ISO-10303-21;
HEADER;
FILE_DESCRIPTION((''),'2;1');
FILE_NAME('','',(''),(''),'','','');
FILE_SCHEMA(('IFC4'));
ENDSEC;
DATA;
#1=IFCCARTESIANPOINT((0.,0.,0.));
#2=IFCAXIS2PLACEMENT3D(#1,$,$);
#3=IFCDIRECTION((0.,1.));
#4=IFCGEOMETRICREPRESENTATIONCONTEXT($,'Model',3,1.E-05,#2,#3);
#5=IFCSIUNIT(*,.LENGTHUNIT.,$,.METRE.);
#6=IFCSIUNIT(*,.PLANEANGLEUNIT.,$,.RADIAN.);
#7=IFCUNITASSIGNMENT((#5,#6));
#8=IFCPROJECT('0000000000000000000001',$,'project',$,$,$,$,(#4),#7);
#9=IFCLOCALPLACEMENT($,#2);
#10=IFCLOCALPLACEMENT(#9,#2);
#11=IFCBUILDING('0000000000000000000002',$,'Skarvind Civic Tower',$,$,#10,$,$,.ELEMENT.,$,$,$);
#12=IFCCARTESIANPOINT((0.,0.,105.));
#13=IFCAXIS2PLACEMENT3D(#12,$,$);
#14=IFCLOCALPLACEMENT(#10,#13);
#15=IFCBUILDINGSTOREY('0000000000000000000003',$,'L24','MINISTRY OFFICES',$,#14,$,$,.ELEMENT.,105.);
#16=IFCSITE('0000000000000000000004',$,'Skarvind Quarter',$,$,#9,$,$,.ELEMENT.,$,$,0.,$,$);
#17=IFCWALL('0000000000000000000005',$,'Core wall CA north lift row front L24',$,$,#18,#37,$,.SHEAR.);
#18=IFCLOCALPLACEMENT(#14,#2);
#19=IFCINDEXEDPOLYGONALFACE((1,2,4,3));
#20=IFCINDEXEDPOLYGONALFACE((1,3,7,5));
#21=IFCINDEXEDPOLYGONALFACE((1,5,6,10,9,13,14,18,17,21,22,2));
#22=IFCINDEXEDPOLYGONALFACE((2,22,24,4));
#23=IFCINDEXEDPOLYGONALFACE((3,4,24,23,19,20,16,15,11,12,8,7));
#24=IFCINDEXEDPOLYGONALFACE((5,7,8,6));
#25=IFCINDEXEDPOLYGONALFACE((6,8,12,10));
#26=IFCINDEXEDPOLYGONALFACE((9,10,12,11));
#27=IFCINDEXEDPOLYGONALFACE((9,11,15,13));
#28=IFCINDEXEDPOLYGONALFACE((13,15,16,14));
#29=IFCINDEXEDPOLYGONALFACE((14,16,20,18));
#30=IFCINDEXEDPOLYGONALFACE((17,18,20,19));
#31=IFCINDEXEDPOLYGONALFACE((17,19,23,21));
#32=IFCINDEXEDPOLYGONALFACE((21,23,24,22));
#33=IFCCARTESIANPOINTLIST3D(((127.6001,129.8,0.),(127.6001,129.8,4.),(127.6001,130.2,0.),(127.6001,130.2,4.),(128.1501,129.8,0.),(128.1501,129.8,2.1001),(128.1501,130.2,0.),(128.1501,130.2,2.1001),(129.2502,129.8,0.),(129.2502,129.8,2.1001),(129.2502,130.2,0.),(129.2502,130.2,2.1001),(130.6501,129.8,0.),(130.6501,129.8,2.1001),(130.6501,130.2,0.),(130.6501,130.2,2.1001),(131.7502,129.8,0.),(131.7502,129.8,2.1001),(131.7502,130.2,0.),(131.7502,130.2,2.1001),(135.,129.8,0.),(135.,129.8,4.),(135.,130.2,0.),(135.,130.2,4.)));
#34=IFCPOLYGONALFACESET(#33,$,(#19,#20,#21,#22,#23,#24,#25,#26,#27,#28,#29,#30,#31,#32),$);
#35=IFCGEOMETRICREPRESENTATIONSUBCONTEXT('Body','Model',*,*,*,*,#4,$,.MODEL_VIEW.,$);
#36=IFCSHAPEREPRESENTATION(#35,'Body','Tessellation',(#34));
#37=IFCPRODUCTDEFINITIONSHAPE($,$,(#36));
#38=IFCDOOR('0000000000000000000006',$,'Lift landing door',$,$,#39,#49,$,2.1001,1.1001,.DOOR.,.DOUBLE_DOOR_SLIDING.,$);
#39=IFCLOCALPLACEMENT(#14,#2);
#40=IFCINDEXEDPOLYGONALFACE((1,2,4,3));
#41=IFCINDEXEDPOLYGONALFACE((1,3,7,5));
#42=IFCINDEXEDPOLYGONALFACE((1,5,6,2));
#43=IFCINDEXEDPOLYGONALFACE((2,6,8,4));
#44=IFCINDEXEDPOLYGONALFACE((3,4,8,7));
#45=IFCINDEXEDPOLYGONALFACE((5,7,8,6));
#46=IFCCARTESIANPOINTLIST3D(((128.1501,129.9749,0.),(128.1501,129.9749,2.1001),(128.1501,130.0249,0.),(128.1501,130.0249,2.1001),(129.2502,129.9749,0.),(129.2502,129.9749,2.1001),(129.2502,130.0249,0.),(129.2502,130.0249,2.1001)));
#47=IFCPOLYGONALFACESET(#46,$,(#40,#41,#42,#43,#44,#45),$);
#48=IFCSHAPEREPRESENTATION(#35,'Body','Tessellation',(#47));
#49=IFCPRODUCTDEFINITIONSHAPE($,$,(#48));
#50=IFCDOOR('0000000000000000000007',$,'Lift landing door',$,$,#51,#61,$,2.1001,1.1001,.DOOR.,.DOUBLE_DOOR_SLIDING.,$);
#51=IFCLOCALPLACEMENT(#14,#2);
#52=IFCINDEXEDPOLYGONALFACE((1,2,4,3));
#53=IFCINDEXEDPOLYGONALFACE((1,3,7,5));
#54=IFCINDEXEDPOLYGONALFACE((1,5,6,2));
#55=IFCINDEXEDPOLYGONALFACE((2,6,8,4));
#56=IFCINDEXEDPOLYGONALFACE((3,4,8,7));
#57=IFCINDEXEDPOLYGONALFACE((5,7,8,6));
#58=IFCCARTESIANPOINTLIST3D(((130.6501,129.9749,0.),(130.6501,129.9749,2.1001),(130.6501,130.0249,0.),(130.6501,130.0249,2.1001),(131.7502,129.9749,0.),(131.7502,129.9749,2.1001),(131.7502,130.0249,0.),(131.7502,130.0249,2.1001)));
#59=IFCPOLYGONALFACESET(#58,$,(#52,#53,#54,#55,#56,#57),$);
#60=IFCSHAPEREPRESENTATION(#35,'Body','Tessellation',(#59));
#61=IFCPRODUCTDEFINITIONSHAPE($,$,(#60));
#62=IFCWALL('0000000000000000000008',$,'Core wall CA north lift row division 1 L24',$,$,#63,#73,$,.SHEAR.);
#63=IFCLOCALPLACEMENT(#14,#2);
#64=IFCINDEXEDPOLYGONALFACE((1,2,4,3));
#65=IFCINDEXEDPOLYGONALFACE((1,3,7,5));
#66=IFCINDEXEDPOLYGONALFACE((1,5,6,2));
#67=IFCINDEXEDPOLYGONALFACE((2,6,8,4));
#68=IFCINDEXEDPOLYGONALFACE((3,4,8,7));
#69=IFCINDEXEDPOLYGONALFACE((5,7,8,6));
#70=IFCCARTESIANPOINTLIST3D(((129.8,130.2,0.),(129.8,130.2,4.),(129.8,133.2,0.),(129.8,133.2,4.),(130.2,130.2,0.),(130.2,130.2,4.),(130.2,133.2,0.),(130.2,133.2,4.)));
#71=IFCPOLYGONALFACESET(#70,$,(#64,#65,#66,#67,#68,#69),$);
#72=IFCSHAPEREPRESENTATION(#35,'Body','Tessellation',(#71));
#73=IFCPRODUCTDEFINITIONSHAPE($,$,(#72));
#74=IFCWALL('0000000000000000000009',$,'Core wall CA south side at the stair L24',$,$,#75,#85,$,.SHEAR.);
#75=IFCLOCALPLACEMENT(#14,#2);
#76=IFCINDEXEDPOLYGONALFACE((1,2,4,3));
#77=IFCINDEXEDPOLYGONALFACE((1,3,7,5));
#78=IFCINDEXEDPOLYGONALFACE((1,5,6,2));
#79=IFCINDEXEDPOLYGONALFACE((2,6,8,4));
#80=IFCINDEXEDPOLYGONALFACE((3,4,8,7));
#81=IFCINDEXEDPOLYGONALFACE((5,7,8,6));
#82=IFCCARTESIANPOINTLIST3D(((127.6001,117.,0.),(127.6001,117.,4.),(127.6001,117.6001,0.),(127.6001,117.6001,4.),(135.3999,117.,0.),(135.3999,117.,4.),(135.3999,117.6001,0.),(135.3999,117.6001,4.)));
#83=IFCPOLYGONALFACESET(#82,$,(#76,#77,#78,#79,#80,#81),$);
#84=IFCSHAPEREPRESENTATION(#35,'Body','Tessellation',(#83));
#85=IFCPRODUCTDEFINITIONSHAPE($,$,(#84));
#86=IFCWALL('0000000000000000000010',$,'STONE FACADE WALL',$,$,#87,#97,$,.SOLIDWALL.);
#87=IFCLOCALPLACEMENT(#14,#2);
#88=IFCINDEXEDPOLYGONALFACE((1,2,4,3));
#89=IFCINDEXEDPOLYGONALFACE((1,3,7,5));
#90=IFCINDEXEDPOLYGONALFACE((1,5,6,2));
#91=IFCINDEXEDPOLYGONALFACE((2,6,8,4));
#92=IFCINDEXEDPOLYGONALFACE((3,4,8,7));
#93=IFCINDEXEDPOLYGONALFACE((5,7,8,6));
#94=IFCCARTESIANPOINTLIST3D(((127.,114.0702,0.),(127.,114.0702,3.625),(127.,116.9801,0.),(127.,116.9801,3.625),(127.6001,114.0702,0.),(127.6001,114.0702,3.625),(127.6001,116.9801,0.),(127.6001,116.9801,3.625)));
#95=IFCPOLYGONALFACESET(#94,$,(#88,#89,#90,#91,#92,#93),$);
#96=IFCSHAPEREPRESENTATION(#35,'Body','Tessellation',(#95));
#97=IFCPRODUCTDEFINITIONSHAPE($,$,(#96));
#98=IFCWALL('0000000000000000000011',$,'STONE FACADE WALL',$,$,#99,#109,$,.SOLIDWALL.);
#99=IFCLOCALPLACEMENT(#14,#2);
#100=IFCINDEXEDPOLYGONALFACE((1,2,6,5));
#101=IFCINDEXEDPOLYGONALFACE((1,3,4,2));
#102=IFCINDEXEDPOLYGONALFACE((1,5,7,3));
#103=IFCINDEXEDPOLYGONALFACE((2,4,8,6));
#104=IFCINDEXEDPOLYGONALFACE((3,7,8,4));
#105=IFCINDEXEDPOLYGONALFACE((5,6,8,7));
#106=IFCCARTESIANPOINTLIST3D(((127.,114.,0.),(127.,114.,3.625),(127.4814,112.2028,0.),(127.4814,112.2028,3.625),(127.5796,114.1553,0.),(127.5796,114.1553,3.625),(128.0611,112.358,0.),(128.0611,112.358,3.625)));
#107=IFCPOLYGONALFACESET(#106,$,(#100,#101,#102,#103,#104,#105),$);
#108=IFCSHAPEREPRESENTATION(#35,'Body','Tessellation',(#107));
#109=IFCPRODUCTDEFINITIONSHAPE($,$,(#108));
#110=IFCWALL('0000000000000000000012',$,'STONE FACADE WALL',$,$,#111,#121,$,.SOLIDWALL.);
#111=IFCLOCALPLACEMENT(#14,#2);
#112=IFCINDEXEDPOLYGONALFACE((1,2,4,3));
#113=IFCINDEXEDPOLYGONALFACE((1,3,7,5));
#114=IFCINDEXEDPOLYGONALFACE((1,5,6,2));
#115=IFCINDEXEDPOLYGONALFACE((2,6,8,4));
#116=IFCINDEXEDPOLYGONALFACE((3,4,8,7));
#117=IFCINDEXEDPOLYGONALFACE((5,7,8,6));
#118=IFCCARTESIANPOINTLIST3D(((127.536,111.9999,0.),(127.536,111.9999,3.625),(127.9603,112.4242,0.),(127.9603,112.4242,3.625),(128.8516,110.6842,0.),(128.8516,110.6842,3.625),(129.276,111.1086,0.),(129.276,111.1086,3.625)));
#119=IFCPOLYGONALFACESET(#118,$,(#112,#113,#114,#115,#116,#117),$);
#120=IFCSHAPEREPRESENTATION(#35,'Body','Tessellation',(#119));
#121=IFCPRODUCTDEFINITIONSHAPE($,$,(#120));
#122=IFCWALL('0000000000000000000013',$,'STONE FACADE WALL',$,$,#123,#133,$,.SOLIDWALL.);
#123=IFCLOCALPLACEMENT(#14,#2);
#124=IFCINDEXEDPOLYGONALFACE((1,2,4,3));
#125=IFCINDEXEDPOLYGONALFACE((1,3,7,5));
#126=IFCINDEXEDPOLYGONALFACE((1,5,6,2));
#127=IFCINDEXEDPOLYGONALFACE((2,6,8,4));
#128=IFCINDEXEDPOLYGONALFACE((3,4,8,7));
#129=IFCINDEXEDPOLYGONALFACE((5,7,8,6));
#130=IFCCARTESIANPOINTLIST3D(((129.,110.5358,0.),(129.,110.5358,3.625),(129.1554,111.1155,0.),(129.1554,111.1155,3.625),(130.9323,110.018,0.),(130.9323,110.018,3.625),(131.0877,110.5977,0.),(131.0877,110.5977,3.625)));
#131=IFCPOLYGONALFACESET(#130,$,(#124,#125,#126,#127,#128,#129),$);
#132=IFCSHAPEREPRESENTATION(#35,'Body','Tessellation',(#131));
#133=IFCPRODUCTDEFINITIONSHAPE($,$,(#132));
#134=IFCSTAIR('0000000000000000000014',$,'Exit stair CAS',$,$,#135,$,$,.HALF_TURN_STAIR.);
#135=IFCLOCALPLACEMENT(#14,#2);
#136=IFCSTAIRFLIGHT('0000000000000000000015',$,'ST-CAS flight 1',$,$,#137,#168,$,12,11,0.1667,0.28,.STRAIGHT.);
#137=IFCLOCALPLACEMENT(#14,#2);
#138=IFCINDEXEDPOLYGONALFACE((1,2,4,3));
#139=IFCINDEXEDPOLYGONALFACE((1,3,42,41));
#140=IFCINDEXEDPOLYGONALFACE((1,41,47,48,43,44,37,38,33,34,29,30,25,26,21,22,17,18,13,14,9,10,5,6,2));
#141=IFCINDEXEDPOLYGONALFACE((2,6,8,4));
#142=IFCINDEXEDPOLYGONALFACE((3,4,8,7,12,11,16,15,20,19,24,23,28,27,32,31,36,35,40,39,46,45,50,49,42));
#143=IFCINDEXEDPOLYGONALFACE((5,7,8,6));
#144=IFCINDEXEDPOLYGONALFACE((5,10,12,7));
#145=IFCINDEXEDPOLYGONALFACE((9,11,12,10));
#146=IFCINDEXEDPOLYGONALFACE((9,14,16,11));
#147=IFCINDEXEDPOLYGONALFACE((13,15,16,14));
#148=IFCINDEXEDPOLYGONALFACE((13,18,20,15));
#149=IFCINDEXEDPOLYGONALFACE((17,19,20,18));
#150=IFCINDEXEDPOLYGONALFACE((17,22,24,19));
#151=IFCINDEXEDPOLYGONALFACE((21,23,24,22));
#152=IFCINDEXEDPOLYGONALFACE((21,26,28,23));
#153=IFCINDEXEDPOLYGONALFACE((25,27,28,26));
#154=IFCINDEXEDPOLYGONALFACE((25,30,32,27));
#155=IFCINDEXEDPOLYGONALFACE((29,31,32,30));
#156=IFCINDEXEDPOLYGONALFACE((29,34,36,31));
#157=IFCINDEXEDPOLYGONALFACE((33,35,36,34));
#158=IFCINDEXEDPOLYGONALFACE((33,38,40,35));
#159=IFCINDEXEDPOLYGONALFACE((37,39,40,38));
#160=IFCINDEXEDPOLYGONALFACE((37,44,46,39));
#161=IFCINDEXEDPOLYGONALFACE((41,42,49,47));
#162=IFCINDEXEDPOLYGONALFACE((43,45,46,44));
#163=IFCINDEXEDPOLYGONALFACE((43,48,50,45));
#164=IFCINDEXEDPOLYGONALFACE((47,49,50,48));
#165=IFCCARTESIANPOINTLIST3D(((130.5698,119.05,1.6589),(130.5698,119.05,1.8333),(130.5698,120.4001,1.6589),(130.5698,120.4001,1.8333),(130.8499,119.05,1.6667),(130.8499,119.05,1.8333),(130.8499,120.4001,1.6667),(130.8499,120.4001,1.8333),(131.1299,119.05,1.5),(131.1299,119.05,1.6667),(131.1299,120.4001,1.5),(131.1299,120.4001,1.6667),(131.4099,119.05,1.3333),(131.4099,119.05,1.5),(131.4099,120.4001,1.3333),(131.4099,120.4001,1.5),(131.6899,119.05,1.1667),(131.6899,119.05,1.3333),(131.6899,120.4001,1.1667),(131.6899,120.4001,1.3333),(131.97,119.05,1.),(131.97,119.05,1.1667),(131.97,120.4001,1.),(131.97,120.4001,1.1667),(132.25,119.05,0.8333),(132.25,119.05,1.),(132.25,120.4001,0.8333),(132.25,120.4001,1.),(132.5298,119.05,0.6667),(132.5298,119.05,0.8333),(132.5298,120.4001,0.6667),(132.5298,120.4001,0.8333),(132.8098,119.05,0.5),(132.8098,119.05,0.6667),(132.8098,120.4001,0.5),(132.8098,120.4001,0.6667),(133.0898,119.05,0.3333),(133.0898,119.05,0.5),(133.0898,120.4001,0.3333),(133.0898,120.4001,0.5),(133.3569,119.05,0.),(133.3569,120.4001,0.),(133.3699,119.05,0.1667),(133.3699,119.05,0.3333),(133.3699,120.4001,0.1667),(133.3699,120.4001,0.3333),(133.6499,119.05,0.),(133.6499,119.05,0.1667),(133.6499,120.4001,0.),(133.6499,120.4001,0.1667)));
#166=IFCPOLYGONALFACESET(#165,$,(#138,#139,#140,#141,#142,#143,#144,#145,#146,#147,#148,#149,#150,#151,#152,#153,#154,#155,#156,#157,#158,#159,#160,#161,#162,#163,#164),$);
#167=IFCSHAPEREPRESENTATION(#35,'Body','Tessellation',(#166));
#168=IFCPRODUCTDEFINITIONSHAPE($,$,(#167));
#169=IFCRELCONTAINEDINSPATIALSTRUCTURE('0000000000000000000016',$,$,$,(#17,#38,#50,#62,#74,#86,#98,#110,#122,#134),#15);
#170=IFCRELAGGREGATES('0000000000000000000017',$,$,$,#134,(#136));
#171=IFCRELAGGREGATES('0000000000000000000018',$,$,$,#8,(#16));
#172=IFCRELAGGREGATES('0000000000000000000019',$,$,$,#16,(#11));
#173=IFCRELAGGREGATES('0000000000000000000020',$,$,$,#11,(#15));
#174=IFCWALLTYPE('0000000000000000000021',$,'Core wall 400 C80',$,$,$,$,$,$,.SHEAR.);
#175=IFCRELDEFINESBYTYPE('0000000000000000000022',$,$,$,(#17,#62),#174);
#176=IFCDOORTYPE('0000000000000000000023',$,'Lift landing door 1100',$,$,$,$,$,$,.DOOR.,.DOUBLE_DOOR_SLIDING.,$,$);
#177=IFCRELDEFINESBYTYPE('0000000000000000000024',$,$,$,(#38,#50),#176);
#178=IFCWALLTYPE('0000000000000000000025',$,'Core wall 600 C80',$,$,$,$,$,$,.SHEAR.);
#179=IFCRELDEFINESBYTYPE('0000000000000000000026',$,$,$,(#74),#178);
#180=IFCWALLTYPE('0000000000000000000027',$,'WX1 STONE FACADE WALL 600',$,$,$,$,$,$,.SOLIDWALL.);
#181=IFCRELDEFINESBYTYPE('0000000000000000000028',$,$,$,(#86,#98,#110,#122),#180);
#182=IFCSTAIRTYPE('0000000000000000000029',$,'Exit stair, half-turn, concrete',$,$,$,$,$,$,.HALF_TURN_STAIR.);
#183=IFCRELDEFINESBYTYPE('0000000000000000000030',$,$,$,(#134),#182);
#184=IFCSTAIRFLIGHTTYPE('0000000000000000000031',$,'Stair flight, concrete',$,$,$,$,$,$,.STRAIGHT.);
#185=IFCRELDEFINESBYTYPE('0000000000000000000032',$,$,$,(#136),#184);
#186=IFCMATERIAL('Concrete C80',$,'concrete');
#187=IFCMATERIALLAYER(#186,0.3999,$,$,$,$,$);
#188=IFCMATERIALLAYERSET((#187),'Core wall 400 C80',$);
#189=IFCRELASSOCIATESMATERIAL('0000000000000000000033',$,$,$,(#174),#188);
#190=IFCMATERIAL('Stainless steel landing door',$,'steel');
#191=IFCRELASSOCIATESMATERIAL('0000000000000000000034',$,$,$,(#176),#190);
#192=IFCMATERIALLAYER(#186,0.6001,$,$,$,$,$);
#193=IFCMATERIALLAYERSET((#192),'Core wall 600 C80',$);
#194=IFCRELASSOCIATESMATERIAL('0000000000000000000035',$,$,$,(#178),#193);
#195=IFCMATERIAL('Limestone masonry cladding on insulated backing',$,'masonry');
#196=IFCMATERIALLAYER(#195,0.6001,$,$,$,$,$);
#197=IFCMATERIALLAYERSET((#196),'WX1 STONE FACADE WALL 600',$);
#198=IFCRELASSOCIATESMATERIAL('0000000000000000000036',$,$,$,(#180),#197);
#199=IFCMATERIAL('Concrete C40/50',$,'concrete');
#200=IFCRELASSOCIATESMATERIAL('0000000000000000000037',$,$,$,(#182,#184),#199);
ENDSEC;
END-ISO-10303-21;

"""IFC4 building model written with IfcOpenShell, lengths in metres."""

from ifc_helpers import new_model, si_unit, direction, frame, frame_2d, origin, place, context, subcontext, project, spatial, polyline, rectangle, outline, extrude, material, layer, layer_set, type_object, element, fill, aggregate, save


model = new_model("IFC4")

# Units and contexts
model_context = context("Model", 3, precision=1e-05, world=origin(), true_north=direction((0.0, 1.0)))
body_context = subcontext(model_context, "Body", "Model", "MODEL_VIEW")
ifc_project = project(units=[si_unit("LENGTHUNIT", "METRE"), si_unit("PLANEANGLEUNIT", "RADIAN")], contexts=[model_context])

# Site, building, storey
site_placement = place(None, origin())
site = spatial("IfcSite", under=ifc_project, at=site_placement, Name="Skarvind Quarter", CompositionType="ELEMENT", RefElevation=0.0)
building_placement = place(site_placement, origin())
building = spatial("IfcBuilding", under=site, at=building_placement, Name="Skarvind Civic Tower", CompositionType="ELEMENT")
storey_placement = place(building_placement, frame((0.0, 0.0, 105.0)))
storey = spatial("IfcBuildingStorey", under=building, at=storey_placement, Name="L24", Description="MINISTRY OFFICES", CompositionType="ELEMENT", Elevation=105.0)

# Shared definitions
ifc_material_1 = material(Name="Concrete C80", Category="concrete")
ifc_layer_1 = layer(ifc_material_1, 0.3999)
ifc_layer_set_1 = layer_set([ifc_layer_1], Name="Core wall 400 C80")
wall_type_1 = type_object("IfcWallType", Name="Core wall 400 C80", PredefinedType="SHEAR", material=ifc_layer_set_1)

# Shared definitions
ifc_material_2 = material(Name="Stainless steel landing door", Category="steel")
door_type_1 = type_object("IfcDoorType", Name="Lift landing door 1100", OperationType="DOUBLE_DOOR_SLIDING", PredefinedType="DOOR", material=ifc_material_2)

# Wall, openings, doors
wall_1_placement = place(storey_placement, frame((127.6001, 130.0, 0.0), z_axis=(0.0, 0.0, 1.0), x_axis=(1.0, 0.0, 0.0)))
wall_1 = element("IfcWall", 1, at=wall_1_placement, inside=storey, type_object=wall_type_1, Name="Core wall CA north lift row front L24", PredefinedType="SHEAR", context=body_context, shape_type="SweptSolid", body=[
    extrude(rectangle(XDim=7.3999, YDim=0.3999, at=frame_2d((3.7, 0.0))), origin(), (0.0, 0.0, 1.0), 4.0),
])
opening_1_placement = place(wall_1_placement, frame((0.55, 0.0, 0.0)))
opening_1 = element("IfcOpeningElement", 2, at=opening_1_placement, cuts=wall_1, PredefinedType="OPENING", context=body_context, shape_type="SweptSolid", body=[
    extrude(rectangle(XDim=1.1001, YDim=2.1001, at=frame_2d((0.55, 1.05))), frame((0.0, 0.21, 0.0), z_axis=(0.0, -1.0, 0.0), x_axis=(1.0, 0.0, 0.0)), (0.0, 0.0, 1.0), 0.4199),
])
opening_2_placement = place(wall_1_placement, frame((3.05, 0.0, 0.0)))
opening_2 = element("IfcOpeningElement", 3, at=opening_2_placement, cuts=wall_1, PredefinedType="OPENING", context=body_context, shape_type="SweptSolid", body=[
    extrude(rectangle(XDim=1.1001, YDim=2.1001, at=frame_2d((0.55, 1.05))), frame((0.0, 0.21, 0.0), z_axis=(0.0, -1.0, 0.0), x_axis=(1.0, 0.0, 0.0)), (0.0, 0.0, 1.0), 0.4199),
])
door_1_placement = place(opening_1_placement, origin())
door_1 = element("IfcDoor", 4, at=door_1_placement, inside=storey, type_object=door_type_1, Name="Lift landing door", OperationType="DOUBLE_DOOR_SLIDING", OverallHeight=2.1001, OverallWidth=1.1001, PredefinedType="DOOR", context=body_context, shape_type="SweptSolid", body=[
    extrude(rectangle(XDim=1.1001, YDim=2.1001, at=frame_2d((0.55, 1.05))), frame((0.0, 0.0249, 0.0), z_axis=(0.0, -1.0, 0.0), x_axis=(1.0, 0.0, 0.0)), (0.0, 0.0, 1.0), 0.05),
])
fill(opening_1, door_1)
door_2_placement = place(opening_2_placement, origin())
door_2 = element("IfcDoor", 5, at=door_2_placement, inside=storey, type_object=door_type_1, Name="Lift landing door", OperationType="DOUBLE_DOOR_SLIDING", OverallHeight=2.1001, OverallWidth=1.1001, PredefinedType="DOOR", context=body_context, shape_type="SweptSolid", body=[
    extrude(rectangle(XDim=1.1001, YDim=2.1001, at=frame_2d((0.55, 1.05))), frame((0.0, 0.0249, 0.0), z_axis=(0.0, -1.0, 0.0), x_axis=(1.0, 0.0, 0.0)), (0.0, 0.0, 1.0), 0.05),
])
fill(opening_2, door_2)

# Walls
wall_2_placement = place(storey_placement, frame((130.0, 130.2, 0.0), z_axis=(0.0, 0.0, 1.0), x_axis=(0.0, 1.0, 0.0)))
element("IfcWall", 6, at=wall_2_placement, inside=storey, type_object=wall_type_1, Name="Core wall CA north lift row division 1 L24", PredefinedType="SHEAR", context=body_context, shape_type="SweptSolid", body=[
    extrude(rectangle(XDim=3.0, YDim=0.3999, at=frame_2d((1.5, 0.0))), origin(), (0.0, 0.0, 1.0), 4.0),
])
ifc_layer_2 = layer(ifc_material_1, 0.6001)
ifc_layer_set_2 = layer_set([ifc_layer_2], Name="Core wall 600 C80")
wall_type_2 = type_object("IfcWallType", Name="Core wall 600 C80", PredefinedType="SHEAR", material=ifc_layer_set_2)
wall_3_placement = place(storey_placement, frame((127.6001, 117.3, 0.0), z_axis=(0.0, 0.0, 1.0), x_axis=(1.0, 0.0, 0.0)))
element("IfcWall", 7, at=wall_3_placement, inside=storey, type_object=wall_type_2, Name="Core wall CA south side at the stair L24", PredefinedType="SHEAR", context=body_context, shape_type="SweptSolid", body=[
    extrude(rectangle(XDim=7.7998, YDim=0.6001, at=frame_2d((3.8999, 0.0))), origin(), (0.0, 0.0, 1.0), 4.0),
])
ifc_material_3 = material(Name="Limestone masonry cladding on insulated backing", Category="masonry")
ifc_layer_3 = layer(ifc_material_3, 0.6001)
ifc_layer_set_3 = layer_set([ifc_layer_3], Name="WX1 STONE FACADE WALL 600")
wall_type_3 = type_object("IfcWallType", Name="WX1 STONE FACADE WALL 600", PredefinedType="SOLIDWALL", material=ifc_layer_set_3)
wall_4_placement = place(storey_placement, frame((127.3, 114.0701, 0.0), z_axis=(0.0, 0.0, 1.0), x_axis=(0.0, 1.0, 0.0)))
element("IfcWall", 8, at=wall_4_placement, inside=storey, type_object=wall_type_3, Name="STONE FACADE WALL", PredefinedType="SOLIDWALL", context=body_context, shape_type="SweptSolid", body=[
    extrude(rectangle(XDim=2.9099, YDim=0.6001, at=frame_2d((1.4551, 0.0))), origin(), (0.0, 0.0, 1.0), 3.625),
])
for number, where, z_axis, x_axis, name in (
    (9, (127.7712, 112.2805, 0.0), (0.0, 0.0, 1.0), (-0.258773, 0.965938, 0.0), "STONE FACADE WALL"),
    (10, (129.0637, 110.8965, 0.0), (0.0, 0.0, 1.0), (-0.707107, 0.707107, 0.0), "STONE FACADE WALL"),
):
    element("IfcWall", number, at=place(storey_placement, frame(where, z_axis=z_axis, x_axis=x_axis)), inside=storey, type_object=wall_type_3, Name=name, PredefinedType="SOLIDWALL", context=body_context, shape_type="SweptSolid", body=[
        extrude(rectangle(XDim=1.8606, YDim=0.6001, at=frame_2d((0.9302, 0.0))), origin(), (0.0, 0.0, 1.0), 3.625),
    ])
wall_5_placement = place(storey_placement, frame((131.01, 110.3079, 0.0), z_axis=(0.0, 0.0, 1.0), x_axis=(-0.96592, 0.25884, 0.0)))
element("IfcWall", 11, at=wall_5_placement, inside=storey, type_object=wall_type_3, Name="STONE FACADE WALL", PredefinedType="SOLIDWALL", context=body_context, shape_type="SweptSolid", body=[
    extrude(rectangle(XDim=2.0005, YDim=0.6001, at=frame_2d((1.0002, 0.0))), origin(), (0.0, 0.0, 1.0), 3.625),
])

# Stair, stair flight
ifc_material_4 = material(Name="Concrete C40/50", Category="concrete")
stair_type = type_object("IfcStairType", Name="Exit stair, half-turn, concrete", PredefinedType="HALF_TURN_STAIR", material=ifc_material_4)
stair_placement = place(storey_placement, origin())
stair = element("IfcStair", 12, at=stair_placement, inside=storey, type_object=stair_type, Name="Exit stair CAS", PredefinedType="HALF_TURN_STAIR")
stair_flight_type = type_object("IfcStairFlightType", Name="Stair flight, concrete", PredefinedType="STRAIGHT", material=ifc_material_4)
stair_flight_1_placement = place(storey_placement, frame((133.6499, 119.7251, 0.0), z_axis=(0.0, 0.0, 1.0), x_axis=(-1.0, 0.0, 0.0)))
stair_flight_1 = element("IfcStairFlight", 13, at=stair_flight_1_placement, type_object=stair_flight_type, Name="ST-CAS flight 1", NumberOfRisers=12, NumberOfTreads=11, PredefinedType="STRAIGHT", RiserHeight=0.1667, TreadLength=0.28, context=body_context, shape_type="SweptSolid", body=[
    extrude(outline(polyline([(0.0, 0.0), (0.0, 0.1667), (0.28, 0.1667), (0.28, 0.3333), (0.5601, 0.3333), (0.5601, 0.5), (0.8401, 0.5), (0.8401, 0.6667), (1.1201, 0.6667), (1.1201, 0.8333), (1.3999, 0.8333), (1.3999, 1.0), (1.6799, 1.0), (1.6799, 1.1667), (1.96, 1.1667), (1.96, 1.3333), (2.24, 1.3333), (2.24, 1.5), (2.52, 1.5), (2.52, 1.6667), (2.8, 1.6667), (2.8, 1.8333), (3.0801, 1.8333), (3.0801, 2.0), (3.0801, 1.6589), (0.293, 0.0), (0.0, 0.0)])), frame((0.0, 0.675, 0.0), z_axis=(0.0, -1.0, 0.0), x_axis=(1.0, 0.0, 0.0)), (0.0, 0.0, 1.0), 1.3501),
])
aggregate(stair, [stair_flight_1])

save(model, "model.ifc")
